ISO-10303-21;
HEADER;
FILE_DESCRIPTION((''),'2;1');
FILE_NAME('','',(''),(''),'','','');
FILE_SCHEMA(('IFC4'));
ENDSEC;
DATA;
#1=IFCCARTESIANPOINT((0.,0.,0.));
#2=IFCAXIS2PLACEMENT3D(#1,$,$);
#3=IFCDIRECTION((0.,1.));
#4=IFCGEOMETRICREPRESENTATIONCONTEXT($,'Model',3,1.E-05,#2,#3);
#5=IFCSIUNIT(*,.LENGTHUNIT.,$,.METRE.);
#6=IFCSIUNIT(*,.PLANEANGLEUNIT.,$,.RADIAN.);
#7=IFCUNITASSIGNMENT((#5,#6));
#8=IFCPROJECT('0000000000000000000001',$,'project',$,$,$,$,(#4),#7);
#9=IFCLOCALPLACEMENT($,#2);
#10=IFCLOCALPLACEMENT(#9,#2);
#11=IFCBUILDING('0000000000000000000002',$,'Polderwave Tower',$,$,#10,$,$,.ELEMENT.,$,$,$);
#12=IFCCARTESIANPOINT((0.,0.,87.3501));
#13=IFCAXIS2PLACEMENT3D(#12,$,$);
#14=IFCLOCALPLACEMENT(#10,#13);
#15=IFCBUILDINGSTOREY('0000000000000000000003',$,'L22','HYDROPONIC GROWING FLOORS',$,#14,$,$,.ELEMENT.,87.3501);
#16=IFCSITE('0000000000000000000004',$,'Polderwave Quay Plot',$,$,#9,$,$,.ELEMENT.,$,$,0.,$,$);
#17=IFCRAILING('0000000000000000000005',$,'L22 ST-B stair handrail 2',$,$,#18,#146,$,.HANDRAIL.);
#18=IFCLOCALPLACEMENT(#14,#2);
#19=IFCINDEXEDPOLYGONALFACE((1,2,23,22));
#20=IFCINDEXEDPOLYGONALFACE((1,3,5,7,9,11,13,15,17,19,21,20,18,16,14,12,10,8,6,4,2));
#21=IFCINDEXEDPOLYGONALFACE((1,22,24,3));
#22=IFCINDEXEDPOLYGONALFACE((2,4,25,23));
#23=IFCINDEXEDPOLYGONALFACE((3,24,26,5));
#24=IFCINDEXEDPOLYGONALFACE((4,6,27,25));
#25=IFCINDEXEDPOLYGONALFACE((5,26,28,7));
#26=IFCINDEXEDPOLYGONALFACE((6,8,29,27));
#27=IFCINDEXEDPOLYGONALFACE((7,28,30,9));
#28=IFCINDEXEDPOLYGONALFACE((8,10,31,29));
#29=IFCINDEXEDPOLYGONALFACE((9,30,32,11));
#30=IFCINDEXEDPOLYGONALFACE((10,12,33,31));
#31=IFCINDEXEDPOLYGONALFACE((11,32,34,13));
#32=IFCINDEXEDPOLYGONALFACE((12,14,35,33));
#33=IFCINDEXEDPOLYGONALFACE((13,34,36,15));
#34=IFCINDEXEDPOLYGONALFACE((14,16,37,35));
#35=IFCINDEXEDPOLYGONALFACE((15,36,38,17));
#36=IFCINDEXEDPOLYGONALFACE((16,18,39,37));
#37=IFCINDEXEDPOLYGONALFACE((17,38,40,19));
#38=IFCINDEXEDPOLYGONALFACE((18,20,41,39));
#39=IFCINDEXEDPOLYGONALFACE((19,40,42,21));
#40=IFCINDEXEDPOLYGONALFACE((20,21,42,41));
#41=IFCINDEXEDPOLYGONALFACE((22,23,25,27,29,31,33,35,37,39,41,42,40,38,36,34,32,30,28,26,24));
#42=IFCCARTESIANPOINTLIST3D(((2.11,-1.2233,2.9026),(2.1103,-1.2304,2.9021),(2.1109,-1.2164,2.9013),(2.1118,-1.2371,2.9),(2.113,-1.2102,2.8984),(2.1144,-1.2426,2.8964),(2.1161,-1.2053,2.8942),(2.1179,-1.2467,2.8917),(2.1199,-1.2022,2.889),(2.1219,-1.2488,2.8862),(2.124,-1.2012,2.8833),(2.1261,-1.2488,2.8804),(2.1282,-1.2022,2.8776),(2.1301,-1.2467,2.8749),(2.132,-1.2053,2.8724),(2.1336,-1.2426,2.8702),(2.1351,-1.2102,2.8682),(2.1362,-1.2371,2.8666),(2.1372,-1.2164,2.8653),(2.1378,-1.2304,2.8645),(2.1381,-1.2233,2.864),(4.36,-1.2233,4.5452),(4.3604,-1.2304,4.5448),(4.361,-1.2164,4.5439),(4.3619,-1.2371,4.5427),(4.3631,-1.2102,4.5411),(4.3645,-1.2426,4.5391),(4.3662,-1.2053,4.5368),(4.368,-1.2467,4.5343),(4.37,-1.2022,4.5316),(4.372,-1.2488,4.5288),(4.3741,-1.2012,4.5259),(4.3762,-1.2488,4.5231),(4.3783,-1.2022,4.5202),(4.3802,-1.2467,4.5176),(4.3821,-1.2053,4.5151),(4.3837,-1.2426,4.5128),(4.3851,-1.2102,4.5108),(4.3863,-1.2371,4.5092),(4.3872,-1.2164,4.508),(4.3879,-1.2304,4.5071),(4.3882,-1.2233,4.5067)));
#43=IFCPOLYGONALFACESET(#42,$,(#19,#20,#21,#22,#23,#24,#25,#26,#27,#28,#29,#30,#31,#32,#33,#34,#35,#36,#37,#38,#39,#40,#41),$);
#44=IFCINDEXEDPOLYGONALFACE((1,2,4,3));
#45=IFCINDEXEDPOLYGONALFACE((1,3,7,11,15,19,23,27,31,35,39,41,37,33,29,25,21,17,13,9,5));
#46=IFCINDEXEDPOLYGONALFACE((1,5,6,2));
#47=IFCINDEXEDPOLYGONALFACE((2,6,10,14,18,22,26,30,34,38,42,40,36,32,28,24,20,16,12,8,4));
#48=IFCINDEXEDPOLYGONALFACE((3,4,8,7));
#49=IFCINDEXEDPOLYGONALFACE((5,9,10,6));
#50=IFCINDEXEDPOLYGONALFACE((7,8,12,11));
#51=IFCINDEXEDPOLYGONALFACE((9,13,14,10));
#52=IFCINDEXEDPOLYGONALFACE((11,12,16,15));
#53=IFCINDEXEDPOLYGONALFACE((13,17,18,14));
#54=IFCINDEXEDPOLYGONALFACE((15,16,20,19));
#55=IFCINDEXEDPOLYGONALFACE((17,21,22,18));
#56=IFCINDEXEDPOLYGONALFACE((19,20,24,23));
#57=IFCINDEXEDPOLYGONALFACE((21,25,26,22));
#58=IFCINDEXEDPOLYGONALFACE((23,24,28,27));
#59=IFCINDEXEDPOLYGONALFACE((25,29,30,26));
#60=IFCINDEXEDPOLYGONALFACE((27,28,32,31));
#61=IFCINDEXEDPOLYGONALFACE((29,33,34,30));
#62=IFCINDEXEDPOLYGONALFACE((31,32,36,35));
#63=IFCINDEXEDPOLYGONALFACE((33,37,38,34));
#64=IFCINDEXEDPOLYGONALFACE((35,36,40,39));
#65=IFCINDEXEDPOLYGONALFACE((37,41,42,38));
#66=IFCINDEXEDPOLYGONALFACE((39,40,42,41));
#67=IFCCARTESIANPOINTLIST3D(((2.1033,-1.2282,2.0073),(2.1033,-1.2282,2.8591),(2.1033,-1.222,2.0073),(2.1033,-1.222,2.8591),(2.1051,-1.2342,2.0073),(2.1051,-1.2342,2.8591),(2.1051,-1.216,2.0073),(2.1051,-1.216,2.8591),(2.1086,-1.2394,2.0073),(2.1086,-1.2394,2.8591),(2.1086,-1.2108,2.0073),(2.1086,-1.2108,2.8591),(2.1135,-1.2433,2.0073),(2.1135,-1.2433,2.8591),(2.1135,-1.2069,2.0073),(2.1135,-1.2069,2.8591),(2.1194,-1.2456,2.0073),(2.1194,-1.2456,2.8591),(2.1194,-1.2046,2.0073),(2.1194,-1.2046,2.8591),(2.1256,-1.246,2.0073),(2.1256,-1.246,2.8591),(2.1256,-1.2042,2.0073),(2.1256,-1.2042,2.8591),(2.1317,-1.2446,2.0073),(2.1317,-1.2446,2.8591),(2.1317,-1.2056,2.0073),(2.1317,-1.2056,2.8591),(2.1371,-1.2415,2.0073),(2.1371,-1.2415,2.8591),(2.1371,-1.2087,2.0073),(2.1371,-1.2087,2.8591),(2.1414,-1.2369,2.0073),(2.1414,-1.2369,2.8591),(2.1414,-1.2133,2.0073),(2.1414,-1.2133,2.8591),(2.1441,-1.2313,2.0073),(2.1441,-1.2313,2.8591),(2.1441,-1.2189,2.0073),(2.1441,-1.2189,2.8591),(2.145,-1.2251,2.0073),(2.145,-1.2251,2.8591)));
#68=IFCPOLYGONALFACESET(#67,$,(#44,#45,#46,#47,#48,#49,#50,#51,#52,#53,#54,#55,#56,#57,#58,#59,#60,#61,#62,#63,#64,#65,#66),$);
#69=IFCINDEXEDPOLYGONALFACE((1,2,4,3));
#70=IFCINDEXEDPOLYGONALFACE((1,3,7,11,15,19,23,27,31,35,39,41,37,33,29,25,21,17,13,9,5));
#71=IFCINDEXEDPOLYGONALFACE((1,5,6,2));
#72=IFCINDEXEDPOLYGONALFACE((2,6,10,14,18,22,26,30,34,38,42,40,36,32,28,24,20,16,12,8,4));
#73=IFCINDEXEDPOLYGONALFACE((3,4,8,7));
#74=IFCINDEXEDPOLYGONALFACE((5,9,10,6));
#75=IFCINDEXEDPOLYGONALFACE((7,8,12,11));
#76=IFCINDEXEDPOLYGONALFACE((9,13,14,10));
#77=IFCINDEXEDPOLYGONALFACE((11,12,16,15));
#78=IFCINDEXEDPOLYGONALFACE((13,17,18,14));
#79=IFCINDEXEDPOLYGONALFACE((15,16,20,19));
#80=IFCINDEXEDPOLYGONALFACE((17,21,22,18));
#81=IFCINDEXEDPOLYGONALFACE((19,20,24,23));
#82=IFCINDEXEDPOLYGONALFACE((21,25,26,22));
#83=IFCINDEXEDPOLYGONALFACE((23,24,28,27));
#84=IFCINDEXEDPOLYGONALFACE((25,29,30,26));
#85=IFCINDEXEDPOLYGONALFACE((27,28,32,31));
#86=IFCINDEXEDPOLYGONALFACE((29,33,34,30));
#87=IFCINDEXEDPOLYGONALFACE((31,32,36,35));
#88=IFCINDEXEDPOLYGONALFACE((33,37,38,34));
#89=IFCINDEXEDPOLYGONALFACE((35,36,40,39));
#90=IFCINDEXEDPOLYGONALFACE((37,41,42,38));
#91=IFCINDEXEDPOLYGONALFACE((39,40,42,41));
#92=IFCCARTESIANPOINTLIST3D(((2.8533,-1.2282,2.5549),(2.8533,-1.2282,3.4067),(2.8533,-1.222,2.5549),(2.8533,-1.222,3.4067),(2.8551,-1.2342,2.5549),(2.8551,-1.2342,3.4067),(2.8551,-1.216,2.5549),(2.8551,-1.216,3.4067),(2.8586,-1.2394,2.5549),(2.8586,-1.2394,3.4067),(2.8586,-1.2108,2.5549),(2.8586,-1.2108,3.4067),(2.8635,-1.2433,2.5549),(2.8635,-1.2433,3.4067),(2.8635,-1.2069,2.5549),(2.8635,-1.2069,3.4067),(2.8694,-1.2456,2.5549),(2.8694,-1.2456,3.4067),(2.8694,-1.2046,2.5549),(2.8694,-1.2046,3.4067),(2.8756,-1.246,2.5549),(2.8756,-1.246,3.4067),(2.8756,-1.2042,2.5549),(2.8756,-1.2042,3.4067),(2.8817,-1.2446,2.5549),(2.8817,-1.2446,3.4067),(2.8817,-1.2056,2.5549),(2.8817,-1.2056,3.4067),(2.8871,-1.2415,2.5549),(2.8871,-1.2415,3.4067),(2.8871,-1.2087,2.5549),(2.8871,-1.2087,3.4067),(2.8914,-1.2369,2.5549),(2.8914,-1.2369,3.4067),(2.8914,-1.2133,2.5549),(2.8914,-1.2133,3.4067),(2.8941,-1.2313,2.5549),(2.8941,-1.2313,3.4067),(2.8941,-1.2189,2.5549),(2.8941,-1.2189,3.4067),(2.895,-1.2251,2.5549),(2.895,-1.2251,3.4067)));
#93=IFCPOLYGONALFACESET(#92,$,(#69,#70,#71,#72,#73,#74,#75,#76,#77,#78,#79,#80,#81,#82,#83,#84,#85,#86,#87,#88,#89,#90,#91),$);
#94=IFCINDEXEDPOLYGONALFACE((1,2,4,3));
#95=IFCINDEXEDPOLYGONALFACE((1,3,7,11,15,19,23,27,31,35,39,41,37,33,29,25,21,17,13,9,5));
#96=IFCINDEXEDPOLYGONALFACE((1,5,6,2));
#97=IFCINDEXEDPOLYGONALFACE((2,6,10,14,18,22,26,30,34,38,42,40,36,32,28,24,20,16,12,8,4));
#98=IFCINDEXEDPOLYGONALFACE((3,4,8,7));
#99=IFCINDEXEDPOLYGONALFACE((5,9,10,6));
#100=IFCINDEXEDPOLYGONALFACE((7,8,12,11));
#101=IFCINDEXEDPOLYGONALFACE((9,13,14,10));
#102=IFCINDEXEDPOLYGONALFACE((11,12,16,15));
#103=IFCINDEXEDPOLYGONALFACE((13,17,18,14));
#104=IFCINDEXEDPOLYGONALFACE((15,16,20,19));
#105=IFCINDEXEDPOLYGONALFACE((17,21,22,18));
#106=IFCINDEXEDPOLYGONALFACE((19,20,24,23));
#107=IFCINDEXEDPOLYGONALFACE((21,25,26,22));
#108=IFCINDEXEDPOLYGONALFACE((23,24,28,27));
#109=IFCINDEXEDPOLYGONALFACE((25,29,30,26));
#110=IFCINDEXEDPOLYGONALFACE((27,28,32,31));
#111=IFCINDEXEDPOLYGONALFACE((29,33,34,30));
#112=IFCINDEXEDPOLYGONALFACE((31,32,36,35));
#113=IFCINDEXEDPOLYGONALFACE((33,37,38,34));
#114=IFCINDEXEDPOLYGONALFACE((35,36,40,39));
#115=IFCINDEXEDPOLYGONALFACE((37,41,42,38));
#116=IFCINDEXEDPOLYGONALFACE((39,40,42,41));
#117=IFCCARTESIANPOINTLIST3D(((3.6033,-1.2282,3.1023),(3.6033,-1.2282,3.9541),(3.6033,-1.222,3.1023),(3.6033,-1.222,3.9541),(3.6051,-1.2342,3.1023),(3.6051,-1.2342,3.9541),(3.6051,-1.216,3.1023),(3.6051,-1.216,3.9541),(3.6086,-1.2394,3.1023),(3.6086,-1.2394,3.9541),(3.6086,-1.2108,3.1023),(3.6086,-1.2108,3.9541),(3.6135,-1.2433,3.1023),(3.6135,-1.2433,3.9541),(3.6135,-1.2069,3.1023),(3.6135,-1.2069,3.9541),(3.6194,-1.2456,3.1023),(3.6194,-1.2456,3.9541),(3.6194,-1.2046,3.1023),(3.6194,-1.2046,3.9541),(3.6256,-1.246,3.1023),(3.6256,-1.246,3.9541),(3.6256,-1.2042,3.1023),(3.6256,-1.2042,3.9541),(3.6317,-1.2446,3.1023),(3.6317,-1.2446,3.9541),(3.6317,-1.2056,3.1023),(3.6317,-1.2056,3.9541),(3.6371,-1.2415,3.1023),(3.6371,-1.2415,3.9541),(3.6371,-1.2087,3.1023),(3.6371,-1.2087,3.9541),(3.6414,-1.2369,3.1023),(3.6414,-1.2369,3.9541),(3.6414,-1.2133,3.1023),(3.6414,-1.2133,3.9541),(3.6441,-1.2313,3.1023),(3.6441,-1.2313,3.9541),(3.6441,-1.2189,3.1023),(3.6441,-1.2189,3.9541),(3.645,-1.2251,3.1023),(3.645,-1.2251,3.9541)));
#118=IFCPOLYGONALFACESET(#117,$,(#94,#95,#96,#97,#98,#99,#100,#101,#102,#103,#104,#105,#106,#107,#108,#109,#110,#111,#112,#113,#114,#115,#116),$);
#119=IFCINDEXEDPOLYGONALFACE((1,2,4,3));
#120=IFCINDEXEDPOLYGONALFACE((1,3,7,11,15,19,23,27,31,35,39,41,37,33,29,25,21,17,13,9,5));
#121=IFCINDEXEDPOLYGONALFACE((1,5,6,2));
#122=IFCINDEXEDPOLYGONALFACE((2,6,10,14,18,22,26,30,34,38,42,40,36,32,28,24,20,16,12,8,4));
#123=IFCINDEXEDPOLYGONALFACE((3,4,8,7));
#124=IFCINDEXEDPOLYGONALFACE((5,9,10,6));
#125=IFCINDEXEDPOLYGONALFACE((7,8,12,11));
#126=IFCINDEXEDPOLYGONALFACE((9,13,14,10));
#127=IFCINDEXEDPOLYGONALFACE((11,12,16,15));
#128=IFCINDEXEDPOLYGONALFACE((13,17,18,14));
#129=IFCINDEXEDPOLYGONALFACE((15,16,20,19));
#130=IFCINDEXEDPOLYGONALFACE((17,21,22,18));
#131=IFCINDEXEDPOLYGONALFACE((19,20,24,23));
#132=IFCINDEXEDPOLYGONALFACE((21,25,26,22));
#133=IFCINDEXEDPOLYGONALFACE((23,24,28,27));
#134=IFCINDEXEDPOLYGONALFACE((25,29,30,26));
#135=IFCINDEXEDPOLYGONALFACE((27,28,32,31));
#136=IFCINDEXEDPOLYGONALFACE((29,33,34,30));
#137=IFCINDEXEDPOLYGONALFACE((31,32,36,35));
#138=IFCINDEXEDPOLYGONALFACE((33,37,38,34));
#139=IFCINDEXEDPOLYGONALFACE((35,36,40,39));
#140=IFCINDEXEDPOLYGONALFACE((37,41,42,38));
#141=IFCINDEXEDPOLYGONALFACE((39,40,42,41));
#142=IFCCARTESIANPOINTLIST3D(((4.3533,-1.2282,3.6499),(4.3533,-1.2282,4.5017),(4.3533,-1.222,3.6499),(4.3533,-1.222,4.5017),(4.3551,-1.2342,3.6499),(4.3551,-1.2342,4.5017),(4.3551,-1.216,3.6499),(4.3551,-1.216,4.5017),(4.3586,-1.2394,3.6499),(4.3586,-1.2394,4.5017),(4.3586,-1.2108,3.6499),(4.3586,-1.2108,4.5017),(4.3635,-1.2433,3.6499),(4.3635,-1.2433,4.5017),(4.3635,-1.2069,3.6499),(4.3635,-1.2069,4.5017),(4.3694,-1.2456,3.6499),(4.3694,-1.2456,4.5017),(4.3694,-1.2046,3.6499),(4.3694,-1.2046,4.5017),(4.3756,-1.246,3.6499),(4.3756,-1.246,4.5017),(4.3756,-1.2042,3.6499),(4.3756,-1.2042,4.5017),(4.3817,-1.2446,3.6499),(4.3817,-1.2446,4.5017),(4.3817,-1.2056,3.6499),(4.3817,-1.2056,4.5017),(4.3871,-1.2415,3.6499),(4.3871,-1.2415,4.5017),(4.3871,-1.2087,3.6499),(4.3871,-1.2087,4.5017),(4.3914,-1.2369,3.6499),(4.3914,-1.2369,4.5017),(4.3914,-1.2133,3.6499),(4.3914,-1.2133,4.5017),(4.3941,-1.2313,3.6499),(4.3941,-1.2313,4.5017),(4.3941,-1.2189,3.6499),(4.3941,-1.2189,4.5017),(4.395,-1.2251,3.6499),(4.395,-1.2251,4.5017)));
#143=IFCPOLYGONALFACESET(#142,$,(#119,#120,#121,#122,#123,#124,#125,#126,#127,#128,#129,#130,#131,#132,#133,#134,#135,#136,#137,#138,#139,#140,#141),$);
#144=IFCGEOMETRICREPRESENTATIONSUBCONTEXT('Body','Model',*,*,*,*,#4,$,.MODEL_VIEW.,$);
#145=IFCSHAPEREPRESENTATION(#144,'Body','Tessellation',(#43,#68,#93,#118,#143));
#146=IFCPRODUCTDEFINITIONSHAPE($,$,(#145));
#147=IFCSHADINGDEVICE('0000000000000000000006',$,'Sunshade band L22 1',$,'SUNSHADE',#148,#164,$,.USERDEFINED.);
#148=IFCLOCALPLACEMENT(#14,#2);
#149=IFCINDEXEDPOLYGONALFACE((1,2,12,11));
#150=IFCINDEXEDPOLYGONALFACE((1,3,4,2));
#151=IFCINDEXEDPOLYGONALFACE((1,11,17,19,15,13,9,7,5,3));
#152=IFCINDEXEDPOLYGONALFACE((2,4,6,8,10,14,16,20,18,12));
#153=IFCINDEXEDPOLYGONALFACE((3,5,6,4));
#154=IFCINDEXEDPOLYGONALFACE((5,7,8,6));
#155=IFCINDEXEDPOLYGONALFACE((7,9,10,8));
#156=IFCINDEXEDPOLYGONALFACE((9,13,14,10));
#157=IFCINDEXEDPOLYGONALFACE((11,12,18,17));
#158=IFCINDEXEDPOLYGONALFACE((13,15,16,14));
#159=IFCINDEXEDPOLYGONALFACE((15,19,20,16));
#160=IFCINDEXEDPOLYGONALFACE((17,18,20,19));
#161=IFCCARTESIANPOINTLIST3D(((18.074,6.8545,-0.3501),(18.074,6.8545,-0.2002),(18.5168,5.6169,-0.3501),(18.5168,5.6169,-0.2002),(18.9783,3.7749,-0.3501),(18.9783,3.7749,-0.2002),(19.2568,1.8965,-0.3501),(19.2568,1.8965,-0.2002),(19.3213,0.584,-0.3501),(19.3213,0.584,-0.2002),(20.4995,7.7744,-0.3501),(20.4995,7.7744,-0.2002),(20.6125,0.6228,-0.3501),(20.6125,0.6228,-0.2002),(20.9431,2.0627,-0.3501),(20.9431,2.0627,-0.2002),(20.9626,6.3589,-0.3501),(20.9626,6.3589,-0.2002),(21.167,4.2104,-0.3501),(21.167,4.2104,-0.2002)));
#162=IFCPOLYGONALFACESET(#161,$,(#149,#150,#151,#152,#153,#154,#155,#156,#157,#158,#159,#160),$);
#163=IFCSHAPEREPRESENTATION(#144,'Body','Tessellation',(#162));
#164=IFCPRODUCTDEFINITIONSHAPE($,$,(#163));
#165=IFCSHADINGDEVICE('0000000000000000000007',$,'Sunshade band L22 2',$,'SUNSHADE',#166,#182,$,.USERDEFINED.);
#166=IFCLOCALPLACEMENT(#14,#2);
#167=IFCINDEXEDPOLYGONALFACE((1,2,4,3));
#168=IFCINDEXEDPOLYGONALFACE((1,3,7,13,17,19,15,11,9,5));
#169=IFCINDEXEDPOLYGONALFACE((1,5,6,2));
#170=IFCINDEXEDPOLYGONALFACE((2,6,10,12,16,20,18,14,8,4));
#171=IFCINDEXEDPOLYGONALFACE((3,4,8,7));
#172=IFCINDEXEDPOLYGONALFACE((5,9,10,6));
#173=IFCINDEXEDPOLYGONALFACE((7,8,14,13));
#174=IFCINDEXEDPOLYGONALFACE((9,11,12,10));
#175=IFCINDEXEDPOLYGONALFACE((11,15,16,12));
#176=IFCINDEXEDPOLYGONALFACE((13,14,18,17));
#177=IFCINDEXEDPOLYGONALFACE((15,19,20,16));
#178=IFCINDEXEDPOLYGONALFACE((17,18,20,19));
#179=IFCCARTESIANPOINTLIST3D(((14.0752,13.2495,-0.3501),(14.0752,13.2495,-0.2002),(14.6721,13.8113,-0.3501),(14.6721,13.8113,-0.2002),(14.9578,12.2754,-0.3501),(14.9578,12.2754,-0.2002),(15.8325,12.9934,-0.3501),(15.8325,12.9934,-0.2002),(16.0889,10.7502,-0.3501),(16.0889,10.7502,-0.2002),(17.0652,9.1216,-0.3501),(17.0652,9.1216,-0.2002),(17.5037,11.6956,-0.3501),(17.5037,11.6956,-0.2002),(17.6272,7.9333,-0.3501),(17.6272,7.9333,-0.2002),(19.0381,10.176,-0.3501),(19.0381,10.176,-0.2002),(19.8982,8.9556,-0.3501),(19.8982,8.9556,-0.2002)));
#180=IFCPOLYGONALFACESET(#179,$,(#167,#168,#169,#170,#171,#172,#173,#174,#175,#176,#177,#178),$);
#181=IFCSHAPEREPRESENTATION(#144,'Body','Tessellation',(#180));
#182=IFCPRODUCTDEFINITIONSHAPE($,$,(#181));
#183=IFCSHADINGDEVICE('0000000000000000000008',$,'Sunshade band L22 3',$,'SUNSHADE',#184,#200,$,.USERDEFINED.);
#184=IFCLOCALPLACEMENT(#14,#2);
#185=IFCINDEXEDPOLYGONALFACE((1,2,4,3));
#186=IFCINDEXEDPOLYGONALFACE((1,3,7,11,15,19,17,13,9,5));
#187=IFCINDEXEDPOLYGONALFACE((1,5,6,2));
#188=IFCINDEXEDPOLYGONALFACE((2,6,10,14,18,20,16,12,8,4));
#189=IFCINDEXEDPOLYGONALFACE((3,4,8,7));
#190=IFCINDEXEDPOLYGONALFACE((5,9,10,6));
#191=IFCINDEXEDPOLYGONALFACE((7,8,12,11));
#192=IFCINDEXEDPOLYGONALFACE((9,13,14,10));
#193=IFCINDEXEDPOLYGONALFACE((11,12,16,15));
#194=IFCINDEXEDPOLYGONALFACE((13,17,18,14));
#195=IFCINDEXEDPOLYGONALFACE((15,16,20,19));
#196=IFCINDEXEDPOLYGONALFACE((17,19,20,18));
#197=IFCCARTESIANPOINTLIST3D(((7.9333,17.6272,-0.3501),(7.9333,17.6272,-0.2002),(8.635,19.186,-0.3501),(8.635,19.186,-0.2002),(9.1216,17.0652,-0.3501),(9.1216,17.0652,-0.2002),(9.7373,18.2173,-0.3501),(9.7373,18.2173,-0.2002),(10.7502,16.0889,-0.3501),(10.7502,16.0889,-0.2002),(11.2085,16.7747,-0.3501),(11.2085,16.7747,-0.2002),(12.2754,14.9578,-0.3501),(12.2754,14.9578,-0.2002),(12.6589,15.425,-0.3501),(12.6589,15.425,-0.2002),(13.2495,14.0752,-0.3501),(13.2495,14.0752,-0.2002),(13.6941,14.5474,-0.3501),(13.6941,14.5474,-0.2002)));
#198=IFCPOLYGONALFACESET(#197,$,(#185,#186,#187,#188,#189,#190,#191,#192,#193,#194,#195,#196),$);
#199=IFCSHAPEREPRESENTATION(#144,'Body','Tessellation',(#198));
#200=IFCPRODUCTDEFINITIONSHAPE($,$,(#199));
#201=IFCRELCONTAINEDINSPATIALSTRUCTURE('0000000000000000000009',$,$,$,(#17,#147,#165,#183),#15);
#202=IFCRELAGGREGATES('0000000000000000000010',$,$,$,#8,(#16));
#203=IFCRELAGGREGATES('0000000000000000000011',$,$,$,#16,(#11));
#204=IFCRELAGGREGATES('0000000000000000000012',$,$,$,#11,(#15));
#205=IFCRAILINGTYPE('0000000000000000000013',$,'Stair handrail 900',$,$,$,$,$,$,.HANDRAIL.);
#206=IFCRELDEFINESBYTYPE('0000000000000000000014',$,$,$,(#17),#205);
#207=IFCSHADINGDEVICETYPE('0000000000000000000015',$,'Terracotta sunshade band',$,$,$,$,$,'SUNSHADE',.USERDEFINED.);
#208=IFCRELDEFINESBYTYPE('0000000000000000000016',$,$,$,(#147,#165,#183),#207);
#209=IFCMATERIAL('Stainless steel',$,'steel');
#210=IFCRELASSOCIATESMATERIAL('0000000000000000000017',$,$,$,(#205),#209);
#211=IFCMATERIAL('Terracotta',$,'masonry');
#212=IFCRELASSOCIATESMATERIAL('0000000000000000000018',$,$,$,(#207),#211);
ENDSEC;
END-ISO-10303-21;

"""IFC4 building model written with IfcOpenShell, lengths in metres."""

from ifc_helpers import new_model, si_unit, direction, frame, origin, origin_2d, place, context, subcontext, project, spatial, polyline, circle, outline, extrude, material, type_object, element, save


model = new_model("IFC4")

# Units and contexts
model_context = context("Model", 3, precision=1e-05, world=origin(), true_north=direction((0.0, 1.0)))
body_context = subcontext(model_context, "Body", "Model", "MODEL_VIEW")
ifc_project = project(units=[si_unit("LENGTHUNIT", "METRE"), si_unit("PLANEANGLEUNIT", "RADIAN")], contexts=[model_context])

# Site, building, storey
site_placement = place(None, origin())
site = spatial("IfcSite", under=ifc_project, at=site_placement, Name="Polderwave Quay Plot", CompositionType="ELEMENT", RefElevation=0.0)
building_placement = place(site_placement, origin())
building = spatial("IfcBuilding", under=site, at=building_placement, Name="Polderwave Tower", CompositionType="ELEMENT")
storey_placement = place(building_placement, frame((0.0, 0.0, 87.3501)))
storey = spatial("IfcBuildingStorey", under=building, at=storey_placement, Name="L22", Description="HYDROPONIC GROWING FLOORS", CompositionType="ELEMENT", Elevation=87.3501)

# Railing
ifc_material_1 = material(Name="Stainless steel", Category="steel")
railing_type_1 = type_object("IfcRailingType", Name="Stair handrail 900", PredefinedType="HANDRAIL", material=ifc_material_1)
railing_1_placement = place(storey_placement, frame((2.124, -1.2251, 2.0073)))
element("IfcRailing", 1, at=railing_1_placement, inside=storey, type_object=railing_type_1, Name="L22 ST-B stair handrail 2", PredefinedType="HANDRAIL", context=body_context, shape_type="SweptSolid", body=[
    extrude(circle(Radius=0.0239, at=origin_2d()), frame((0.0, 0.0, 0.876), z_axis=(0.807674, 0.0, 0.58963), x_axis=(0.0, 1.0, 0.0)), (0.0, 0.0, 1.0), 2.7859),
    extrude(circle(Radius=0.021, at=origin_2d()), origin(), (0.0, 0.0, 1.0), 0.8518),
    extrude(circle(Radius=0.021, at=origin_2d()), frame((0.75, 0.0, 0.5476)), (0.0, 0.0, 1.0), 0.8518),
    extrude(circle(Radius=0.021, at=origin_2d()), frame((1.5, 0.0, 1.095)), (0.0, 0.0, 1.0), 0.8518),
    extrude(circle(Radius=0.021, at=origin_2d()), frame((2.25, 0.0, 1.6426)), (0.0, 0.0, 1.0), 0.8518),
])

# Shading devices
ifc_material_2 = material(Name="Terracotta", Category="masonry")
shading_device_type = type_object("IfcShadingDeviceType", Name="Terracotta sunshade band", ElementType="SUNSHADE", PredefinedType="USERDEFINED", material=ifc_material_2)
shading_device_1_placement = place(storey_placement, frame((0.0, 0.0, -0.3501)))
element("IfcShadingDevice", 2, at=shading_device_1_placement, inside=storey, type_object=shading_device_type, Name="Sunshade band L22 1", ObjectType="SUNSHADE", PredefinedType="USERDEFINED", context=body_context, shape_type="SweptSolid", body=[
    extrude(outline(polyline([(19.3213, 0.584), (19.2568, 1.8965), (18.9783, 3.7749), (18.5168, 5.6169), (18.074, 6.8545), (20.4995, 7.7744), (20.9626, 6.3589), (21.167, 4.2104), (20.9431, 2.0627), (20.6125, 0.6228), (19.3213, 0.584)])), origin(), (0.0, 0.0, 1.0), 0.1499),
])
shading_device_2_placement = place(storey_placement, frame((0.0, 0.0, -0.3501)))
element("IfcShadingDevice", 3, at=shading_device_2_placement, inside=storey, type_object=shading_device_type, Name="Sunshade band L22 2", ObjectType="SUNSHADE", PredefinedType="USERDEFINED", context=body_context, shape_type="SweptSolid", body=[
    extrude(outline(polyline([(17.6272, 7.9333), (17.0652, 9.1216), (16.0889, 10.7502), (14.9578, 12.2754), (14.0752, 13.2495), (14.6721, 13.8113), (15.8325, 12.9934), (17.5037, 11.6956), (19.0381, 10.176), (19.8982, 8.9556), (17.6272, 7.9333)])), origin(), (0.0, 0.0, 1.0), 0.1499),
])
shading_device_3_placement = place(storey_placement, frame((0.0, 0.0, -0.3501)))
element("IfcShadingDevice", 4, at=shading_device_3_placement, inside=storey, type_object=shading_device_type, Name="Sunshade band L22 3", ObjectType="SUNSHADE", PredefinedType="USERDEFINED", context=body_context, shape_type="SweptSolid", body=[
    extrude(outline(polyline([(13.2495, 14.0752), (12.2754, 14.9578), (10.7502, 16.0889), (9.1216, 17.0652), (7.9333, 17.6272), (8.635, 19.186), (9.7373, 18.2173), (11.2085, 16.7747), (12.6589, 15.425), (13.6941, 14.5474), (13.2495, 14.0752)])), origin(), (0.0, 0.0, 1.0), 0.1499),
])

save(model, "model.ifc")
